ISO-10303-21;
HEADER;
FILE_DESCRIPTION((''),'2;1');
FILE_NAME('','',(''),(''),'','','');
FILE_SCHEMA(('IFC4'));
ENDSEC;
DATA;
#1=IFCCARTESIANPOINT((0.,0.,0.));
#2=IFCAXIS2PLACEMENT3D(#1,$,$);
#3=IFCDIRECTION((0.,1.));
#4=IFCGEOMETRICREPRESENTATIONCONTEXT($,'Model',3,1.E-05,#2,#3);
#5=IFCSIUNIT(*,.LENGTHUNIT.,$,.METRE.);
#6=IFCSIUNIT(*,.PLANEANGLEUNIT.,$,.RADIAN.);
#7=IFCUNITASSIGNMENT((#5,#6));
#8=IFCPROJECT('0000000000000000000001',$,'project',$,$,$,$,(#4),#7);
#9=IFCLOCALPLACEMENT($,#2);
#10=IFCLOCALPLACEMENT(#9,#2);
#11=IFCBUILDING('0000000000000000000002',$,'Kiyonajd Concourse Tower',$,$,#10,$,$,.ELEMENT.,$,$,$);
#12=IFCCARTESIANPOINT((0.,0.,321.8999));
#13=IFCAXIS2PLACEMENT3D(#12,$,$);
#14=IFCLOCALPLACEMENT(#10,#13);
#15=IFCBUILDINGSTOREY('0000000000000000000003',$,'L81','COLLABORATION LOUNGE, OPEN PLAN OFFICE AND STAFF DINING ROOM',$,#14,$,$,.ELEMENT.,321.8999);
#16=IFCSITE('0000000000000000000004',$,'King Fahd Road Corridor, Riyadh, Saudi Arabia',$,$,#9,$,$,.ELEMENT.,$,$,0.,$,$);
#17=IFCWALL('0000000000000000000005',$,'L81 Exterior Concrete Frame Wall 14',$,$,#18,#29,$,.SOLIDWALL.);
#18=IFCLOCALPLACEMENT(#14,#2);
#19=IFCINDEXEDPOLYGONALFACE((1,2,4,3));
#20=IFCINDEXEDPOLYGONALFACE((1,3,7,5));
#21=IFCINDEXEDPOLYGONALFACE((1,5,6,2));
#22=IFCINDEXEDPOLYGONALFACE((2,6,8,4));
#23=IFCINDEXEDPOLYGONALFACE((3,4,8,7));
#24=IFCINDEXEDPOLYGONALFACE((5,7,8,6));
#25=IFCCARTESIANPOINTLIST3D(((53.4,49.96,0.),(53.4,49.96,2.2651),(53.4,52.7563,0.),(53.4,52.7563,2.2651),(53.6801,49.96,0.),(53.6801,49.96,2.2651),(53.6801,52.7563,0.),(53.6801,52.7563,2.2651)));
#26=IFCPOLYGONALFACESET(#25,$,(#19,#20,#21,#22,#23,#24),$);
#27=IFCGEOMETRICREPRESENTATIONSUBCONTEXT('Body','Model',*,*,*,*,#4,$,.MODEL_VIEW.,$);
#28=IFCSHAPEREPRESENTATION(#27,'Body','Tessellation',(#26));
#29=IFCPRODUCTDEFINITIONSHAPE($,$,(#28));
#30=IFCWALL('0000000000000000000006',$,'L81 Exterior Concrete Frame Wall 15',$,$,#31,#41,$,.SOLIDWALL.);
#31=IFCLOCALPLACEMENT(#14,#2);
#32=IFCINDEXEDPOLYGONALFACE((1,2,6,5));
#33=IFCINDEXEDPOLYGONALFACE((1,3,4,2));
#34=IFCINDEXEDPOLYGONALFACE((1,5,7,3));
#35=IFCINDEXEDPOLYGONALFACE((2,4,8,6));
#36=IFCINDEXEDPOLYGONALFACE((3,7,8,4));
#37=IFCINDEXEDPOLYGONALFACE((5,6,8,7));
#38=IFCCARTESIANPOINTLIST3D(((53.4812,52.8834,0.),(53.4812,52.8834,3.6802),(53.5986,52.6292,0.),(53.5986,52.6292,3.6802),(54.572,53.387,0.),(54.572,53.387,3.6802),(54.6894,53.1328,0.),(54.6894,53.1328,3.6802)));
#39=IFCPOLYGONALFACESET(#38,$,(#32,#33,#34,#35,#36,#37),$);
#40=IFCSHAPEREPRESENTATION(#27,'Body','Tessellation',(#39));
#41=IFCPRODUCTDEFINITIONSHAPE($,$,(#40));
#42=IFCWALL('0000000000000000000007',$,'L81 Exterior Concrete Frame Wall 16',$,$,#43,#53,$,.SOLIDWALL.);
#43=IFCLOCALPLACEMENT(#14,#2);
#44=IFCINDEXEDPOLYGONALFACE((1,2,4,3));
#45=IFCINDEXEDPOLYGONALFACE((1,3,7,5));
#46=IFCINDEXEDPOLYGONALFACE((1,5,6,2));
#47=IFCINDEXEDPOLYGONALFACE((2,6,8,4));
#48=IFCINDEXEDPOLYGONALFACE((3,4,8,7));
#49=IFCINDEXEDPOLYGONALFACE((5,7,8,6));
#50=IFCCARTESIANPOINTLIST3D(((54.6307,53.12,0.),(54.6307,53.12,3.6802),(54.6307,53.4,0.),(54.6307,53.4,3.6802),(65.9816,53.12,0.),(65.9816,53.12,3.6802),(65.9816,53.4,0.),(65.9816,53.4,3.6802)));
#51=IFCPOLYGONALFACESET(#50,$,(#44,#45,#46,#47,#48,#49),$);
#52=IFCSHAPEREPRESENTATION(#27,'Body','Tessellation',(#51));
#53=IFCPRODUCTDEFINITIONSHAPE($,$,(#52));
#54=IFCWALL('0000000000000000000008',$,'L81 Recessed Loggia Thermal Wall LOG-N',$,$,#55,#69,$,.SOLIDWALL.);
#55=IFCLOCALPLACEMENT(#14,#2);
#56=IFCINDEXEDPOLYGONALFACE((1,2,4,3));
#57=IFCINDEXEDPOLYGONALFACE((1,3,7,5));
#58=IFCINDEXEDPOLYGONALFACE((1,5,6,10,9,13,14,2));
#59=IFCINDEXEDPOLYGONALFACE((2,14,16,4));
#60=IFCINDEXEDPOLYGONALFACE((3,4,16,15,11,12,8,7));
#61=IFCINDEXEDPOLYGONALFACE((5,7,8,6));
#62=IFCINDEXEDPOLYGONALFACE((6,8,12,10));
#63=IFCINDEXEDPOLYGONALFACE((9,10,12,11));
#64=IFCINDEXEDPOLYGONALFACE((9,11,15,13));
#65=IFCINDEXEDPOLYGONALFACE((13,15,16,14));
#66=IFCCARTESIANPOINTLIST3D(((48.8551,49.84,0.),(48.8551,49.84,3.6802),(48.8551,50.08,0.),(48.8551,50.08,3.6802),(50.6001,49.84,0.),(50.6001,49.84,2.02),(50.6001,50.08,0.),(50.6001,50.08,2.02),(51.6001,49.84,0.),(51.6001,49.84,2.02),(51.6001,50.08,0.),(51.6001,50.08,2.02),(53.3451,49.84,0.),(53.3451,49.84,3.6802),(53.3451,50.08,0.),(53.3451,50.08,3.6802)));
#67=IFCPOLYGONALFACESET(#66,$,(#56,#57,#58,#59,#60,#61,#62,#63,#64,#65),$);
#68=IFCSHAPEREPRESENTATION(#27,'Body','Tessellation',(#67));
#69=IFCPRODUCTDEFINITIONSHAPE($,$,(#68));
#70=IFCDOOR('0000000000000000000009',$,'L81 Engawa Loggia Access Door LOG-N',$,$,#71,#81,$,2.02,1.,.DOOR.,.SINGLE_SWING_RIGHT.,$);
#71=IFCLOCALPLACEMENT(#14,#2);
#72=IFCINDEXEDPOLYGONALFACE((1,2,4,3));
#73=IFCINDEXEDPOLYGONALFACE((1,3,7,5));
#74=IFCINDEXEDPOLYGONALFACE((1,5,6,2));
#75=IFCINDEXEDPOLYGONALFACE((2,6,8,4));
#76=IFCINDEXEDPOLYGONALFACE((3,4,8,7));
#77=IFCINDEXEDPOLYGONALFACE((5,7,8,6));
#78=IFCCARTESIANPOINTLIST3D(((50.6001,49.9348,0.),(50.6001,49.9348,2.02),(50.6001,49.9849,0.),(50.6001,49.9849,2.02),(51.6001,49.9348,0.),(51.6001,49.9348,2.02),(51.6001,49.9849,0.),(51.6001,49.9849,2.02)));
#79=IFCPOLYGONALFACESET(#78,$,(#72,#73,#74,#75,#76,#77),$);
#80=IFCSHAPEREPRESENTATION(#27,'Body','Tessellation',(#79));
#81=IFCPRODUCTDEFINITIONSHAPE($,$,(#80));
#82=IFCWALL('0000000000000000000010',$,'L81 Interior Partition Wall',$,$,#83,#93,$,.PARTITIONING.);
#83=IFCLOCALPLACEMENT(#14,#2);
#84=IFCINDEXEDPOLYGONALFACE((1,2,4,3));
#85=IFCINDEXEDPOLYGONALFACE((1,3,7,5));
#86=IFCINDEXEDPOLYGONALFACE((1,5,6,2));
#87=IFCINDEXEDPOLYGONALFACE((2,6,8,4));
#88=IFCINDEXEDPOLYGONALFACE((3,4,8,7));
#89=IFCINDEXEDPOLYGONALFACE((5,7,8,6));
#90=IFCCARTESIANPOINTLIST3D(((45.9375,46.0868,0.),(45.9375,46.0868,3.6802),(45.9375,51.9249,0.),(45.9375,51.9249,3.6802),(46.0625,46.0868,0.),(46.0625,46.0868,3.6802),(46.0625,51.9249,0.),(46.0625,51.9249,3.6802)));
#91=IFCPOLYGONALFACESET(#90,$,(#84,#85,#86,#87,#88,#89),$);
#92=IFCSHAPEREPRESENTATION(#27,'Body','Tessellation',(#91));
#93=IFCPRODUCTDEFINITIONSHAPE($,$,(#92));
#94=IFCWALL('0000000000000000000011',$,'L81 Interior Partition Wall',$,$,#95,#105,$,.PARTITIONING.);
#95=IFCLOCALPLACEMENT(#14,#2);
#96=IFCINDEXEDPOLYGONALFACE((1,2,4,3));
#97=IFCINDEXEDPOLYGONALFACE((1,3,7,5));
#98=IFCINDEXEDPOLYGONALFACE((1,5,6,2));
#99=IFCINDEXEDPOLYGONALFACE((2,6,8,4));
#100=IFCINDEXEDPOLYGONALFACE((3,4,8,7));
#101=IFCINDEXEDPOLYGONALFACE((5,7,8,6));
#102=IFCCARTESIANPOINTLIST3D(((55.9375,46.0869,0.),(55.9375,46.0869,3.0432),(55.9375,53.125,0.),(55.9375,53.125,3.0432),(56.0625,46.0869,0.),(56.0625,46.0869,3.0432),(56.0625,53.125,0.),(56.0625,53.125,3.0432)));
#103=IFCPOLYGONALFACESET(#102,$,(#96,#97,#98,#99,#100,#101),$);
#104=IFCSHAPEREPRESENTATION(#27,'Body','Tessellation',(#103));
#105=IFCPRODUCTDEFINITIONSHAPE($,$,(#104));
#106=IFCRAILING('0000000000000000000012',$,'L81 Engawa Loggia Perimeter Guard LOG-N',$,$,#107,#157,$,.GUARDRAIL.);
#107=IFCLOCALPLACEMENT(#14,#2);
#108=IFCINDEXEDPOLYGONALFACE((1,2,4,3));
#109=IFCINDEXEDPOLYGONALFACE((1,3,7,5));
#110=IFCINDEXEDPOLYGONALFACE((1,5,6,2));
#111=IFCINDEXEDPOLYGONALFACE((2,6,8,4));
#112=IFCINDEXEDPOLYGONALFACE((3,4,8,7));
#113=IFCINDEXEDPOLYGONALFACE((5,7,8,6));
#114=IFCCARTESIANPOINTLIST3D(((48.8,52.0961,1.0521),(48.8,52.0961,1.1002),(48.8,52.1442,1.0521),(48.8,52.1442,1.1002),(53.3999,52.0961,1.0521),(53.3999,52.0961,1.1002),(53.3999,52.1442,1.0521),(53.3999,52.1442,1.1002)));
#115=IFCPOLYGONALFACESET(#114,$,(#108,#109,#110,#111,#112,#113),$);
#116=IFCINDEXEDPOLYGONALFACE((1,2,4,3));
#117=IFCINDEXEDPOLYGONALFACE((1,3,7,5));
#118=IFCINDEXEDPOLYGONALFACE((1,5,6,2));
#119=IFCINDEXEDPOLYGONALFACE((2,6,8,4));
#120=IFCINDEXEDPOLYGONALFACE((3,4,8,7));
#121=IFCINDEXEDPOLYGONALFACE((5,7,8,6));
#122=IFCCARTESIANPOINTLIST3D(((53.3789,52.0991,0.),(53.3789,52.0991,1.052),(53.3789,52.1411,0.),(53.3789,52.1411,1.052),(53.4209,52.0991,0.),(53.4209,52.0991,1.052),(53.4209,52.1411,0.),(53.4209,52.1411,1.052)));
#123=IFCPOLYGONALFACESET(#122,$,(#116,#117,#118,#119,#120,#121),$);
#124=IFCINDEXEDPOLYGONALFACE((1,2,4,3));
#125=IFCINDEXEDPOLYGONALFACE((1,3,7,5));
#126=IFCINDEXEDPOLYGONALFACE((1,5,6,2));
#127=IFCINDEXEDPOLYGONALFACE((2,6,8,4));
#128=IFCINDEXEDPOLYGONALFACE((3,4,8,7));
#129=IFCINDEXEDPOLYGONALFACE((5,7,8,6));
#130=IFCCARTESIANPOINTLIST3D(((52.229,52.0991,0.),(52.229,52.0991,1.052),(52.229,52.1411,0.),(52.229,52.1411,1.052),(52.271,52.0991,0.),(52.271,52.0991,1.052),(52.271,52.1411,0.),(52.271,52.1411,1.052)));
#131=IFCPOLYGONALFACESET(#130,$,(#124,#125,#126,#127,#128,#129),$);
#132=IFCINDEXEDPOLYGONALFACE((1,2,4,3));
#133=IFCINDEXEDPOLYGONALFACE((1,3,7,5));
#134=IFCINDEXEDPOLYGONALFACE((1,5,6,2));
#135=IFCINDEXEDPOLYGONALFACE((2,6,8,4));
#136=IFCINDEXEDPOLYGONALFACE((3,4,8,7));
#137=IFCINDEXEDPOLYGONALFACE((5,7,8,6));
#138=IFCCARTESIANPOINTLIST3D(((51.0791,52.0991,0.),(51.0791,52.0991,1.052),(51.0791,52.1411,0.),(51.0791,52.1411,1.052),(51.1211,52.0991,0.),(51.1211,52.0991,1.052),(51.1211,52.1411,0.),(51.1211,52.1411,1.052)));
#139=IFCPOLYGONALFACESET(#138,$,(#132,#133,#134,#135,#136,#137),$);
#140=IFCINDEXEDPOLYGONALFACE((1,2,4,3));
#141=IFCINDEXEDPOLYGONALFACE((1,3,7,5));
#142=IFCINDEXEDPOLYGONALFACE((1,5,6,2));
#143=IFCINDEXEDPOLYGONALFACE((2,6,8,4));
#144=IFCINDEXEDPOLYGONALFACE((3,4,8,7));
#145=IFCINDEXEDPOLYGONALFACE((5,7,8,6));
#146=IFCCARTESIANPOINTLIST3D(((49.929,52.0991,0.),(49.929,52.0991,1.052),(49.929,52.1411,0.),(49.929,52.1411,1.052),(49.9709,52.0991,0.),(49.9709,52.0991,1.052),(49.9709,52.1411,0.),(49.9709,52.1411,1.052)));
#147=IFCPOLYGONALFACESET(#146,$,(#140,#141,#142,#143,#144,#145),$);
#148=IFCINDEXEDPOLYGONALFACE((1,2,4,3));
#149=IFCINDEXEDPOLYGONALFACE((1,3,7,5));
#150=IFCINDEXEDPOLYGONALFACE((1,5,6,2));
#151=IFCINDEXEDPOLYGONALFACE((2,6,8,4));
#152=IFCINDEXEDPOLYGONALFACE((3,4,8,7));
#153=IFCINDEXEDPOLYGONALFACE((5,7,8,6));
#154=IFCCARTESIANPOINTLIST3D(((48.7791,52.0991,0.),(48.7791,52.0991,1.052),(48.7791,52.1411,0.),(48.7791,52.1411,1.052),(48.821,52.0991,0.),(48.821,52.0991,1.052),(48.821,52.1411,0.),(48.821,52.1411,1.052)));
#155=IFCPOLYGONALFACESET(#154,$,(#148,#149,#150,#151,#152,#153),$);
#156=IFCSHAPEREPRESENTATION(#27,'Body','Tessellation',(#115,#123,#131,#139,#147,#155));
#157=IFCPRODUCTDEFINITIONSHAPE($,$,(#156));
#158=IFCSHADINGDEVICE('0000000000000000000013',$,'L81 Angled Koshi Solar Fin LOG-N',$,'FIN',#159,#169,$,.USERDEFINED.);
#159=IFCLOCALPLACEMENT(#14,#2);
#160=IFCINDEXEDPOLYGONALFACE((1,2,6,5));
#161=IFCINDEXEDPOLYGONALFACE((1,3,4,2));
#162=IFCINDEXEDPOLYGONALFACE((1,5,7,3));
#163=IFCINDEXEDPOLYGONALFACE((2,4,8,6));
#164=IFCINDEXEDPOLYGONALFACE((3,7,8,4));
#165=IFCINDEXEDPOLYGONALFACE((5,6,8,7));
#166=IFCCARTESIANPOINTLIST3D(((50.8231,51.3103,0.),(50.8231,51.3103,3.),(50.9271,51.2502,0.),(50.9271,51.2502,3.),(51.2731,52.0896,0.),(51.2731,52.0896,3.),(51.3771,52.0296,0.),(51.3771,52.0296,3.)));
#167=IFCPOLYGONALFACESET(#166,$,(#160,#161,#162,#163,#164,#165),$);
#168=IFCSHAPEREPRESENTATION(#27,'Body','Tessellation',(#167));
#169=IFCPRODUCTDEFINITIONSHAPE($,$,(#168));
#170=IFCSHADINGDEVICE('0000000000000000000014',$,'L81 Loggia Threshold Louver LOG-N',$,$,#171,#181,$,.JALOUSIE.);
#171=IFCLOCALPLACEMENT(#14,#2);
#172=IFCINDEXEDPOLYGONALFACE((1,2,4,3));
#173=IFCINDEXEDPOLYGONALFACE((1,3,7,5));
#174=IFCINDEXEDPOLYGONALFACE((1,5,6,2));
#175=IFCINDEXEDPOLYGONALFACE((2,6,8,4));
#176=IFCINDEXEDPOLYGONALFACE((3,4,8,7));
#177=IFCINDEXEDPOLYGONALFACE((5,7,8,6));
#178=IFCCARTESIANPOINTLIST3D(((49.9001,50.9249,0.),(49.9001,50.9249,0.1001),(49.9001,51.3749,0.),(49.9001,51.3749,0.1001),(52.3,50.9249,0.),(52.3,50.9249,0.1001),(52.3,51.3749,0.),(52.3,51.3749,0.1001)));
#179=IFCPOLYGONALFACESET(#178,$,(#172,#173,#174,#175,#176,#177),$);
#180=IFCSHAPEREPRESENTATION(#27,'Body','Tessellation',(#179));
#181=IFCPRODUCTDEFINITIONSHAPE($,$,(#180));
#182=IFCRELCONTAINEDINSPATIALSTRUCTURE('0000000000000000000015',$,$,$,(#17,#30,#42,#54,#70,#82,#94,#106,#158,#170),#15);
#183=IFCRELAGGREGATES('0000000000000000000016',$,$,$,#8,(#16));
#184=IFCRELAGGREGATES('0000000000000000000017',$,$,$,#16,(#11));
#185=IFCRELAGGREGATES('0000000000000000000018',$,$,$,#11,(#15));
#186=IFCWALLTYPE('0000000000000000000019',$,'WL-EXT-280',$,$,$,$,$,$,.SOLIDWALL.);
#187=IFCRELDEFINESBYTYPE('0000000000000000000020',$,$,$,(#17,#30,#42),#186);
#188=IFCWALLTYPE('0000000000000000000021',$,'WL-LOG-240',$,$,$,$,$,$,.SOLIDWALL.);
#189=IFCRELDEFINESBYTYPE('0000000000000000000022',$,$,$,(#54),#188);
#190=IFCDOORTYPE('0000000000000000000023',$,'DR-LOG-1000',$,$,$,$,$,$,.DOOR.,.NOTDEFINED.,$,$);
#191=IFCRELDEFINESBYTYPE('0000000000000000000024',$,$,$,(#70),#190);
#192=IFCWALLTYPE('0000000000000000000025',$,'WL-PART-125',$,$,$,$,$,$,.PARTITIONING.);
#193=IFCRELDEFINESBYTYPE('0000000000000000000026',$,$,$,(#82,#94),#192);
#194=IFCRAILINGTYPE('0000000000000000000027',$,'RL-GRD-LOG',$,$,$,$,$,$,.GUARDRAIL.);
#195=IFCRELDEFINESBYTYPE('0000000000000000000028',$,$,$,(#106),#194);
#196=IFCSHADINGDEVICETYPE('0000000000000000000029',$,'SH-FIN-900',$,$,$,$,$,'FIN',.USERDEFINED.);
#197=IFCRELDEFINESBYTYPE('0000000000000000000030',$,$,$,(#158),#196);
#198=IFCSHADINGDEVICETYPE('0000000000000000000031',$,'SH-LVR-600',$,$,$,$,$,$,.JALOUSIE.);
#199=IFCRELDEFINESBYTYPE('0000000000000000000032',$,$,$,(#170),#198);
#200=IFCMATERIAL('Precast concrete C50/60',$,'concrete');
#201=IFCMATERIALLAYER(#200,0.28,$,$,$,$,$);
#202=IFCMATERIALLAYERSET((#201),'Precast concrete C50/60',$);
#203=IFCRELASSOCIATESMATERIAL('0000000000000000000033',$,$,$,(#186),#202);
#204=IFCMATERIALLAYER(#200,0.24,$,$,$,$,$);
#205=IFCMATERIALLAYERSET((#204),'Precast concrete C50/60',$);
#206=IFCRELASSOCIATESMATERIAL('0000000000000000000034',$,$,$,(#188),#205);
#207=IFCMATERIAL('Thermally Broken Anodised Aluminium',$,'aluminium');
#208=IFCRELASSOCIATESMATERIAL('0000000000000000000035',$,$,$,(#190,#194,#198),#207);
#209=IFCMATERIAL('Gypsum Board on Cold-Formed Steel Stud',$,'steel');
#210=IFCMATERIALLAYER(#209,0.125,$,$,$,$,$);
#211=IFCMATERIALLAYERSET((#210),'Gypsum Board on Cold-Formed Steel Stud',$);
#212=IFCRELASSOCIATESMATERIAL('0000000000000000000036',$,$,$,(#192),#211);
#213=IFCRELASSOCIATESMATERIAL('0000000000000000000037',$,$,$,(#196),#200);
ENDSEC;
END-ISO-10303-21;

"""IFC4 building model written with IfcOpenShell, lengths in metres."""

from ifc_helpers import new_model, si_unit, direction, frame, frame_2d, origin, origin_2d, place, context, subcontext, project, spatial, rectangle, extrude, material, layer, layer_set, type_object, element, fill, save


model = new_model("IFC4")

# Units and contexts
model_context = context("Model", 3, precision=1e-05, world=origin(), true_north=direction((0.0, 1.0)))
body_context = subcontext(model_context, "Body", "Model", "MODEL_VIEW")
ifc_project = project(units=[si_unit("LENGTHUNIT", "METRE"), si_unit("PLANEANGLEUNIT", "RADIAN")], contexts=[model_context])

# Site, building, storey
site_placement = place(None, origin())
site = spatial("IfcSite", under=ifc_project, at=site_placement, Name="King Fahd Road Corridor, Riyadh, Saudi Arabia", CompositionType="ELEMENT", RefElevation=0.0)
building_placement = place(site_placement, origin())
building = spatial("IfcBuilding", under=site, at=building_placement, Name="Kiyonajd Concourse Tower", CompositionType="ELEMENT")
storey_placement = place(building_placement, frame((0.0, 0.0, 321.8999)))
storey = spatial("IfcBuildingStorey", under=building, at=storey_placement, Name="L81", Description="COLLABORATION LOUNGE, OPEN PLAN OFFICE AND STAFF DINING ROOM", CompositionType="ELEMENT", Elevation=321.8999)

# Shared definitions
ifc_material_1 = material(Name="Thermally Broken Anodised Aluminium", Category="aluminium")

# Walls
ifc_material_2 = material(Name="Precast concrete C50/60", Category="concrete")
ifc_layer_1 = layer(ifc_material_2, 0.28)
ifc_layer_set_1 = layer_set([ifc_layer_1], Name="Precast concrete C50/60")
wall_type_1 = type_object("IfcWallType", Name="WL-EXT-280", PredefinedType="SOLIDWALL", material=ifc_layer_set_1)
wall_1_placement = place(storey_placement, frame((53.54, 49.96, 0.0), z_axis=(0.0, 0.0, 1.0), x_axis=(0.0, 1.0, 0.0)))
element("IfcWall", 1, at=wall_1_placement, inside=storey, type_object=wall_type_1, Name="L81 Exterior Concrete Frame Wall 14", PredefinedType="SOLIDWALL", context=body_context, shape_type="SweptSolid", body=[
    extrude(rectangle(XDim=2.7964, YDim=0.28, at=frame_2d((1.3982, 0.0))), origin(), (0.0, 0.0, 1.0), 2.2651),
])
wall_2_placement = place(storey_placement, frame((53.54, 52.7563, 0.0), z_axis=(0.0, 0.0, 1.0), x_axis=(0.907894, 0.4192, 0.0)))
element("IfcWall", 2, at=wall_2_placement, inside=storey, type_object=wall_type_1, Name="L81 Exterior Concrete Frame Wall 15", PredefinedType="SOLIDWALL", context=body_context, shape_type="SweptSolid", body=[
    extrude(rectangle(XDim=1.2014, YDim=0.28, at=frame_2d((0.6006, 0.0))), origin(), (0.0, 0.0, 1.0), 3.6802),
])
wall_3_placement = place(storey_placement, frame((54.6309, 53.26, 0.0), z_axis=(0.0, 0.0, 1.0), x_axis=(1.0, 0.0, 0.0)))
element("IfcWall", 3, at=wall_3_placement, inside=storey, type_object=wall_type_1, Name="L81 Exterior Concrete Frame Wall 16", PredefinedType="SOLIDWALL", context=body_context, shape_type="SweptSolid", body=[
    extrude(rectangle(XDim=11.3508, YDim=0.28, at=frame_2d((5.6753, 0.0))), origin(), (0.0, 0.0, 1.0), 3.6802),
])

# Wall, opening, door
ifc_layer_2 = layer(ifc_material_2, 0.24)
ifc_layer_set_2 = layer_set([ifc_layer_2], Name="Precast concrete C50/60")
wall_type_2 = type_object("IfcWallType", Name="WL-LOG-240", PredefinedType="SOLIDWALL", material=ifc_layer_set_2)
wall_4_placement = place(storey_placement, frame((48.855, 49.96, 0.0), z_axis=(0.0, 0.0, 1.0), x_axis=(1.0, 0.0, 0.0)))
wall_4 = element("IfcWall", 4, at=wall_4_placement, inside=storey, type_object=wall_type_2, Name="L81 Recessed Loggia Thermal Wall LOG-N", PredefinedType="SOLIDWALL", context=body_context, shape_type="SweptSolid", body=[
    extrude(rectangle(XDim=4.49, YDim=0.24, at=frame_2d((2.2451, 0.0))), origin(), (0.0, 0.0, 1.0), 3.6802),
])
opening_placement = place(wall_4_placement, frame((1.7451, 0.0, 0.0)))
opening = element("IfcOpeningElement", 5, at=opening_placement, cuts=wall_4, PredefinedType="OPENING", context=body_context, shape_type="SweptSolid", body=[
    extrude(rectangle(XDim=1.0, YDim=2.02, at=frame_2d((0.5, 1.01))), frame((0.0, 0.1299, 0.0), z_axis=(0.0, -1.0, 0.0), x_axis=(1.0, 0.0, 0.0)), (0.0, 0.0, 1.0), 0.26),
])
door_type = type_object("IfcDoorType", Name="DR-LOG-1000", OperationType="NOTDEFINED", PredefinedType="DOOR", material=ifc_material_1)
door_placement = place(opening_placement, origin())
door = element("IfcDoor", 6, at=door_placement, inside=storey, type_object=door_type, Name="L81 Engawa Loggia Access Door LOG-N", OperationType="SINGLE_SWING_RIGHT", OverallHeight=2.02, OverallWidth=1.0, PredefinedType="DOOR", context=body_context, shape_type="SweptSolid", body=[
    extrude(rectangle(XDim=1.0, YDim=2.02, at=frame_2d((0.5, 1.01))), frame((0.0, 0.0249, 0.0), z_axis=(0.0, -1.0, 0.0), x_axis=(1.0, 0.0, 0.0)), (0.0, 0.0, 1.0), 0.05),
])
fill(opening, door)

# Walls
ifc_material_3 = material(Name="Gypsum Board on Cold-Formed Steel Stud", Category="steel")
ifc_layer_3 = layer(ifc_material_3, 0.125)
ifc_layer_set_3 = layer_set([ifc_layer_3], Name="Gypsum Board on Cold-Formed Steel Stud")
wall_type_3 = type_object("IfcWallType", Name="WL-PART-125", PredefinedType="PARTITIONING", material=ifc_layer_set_3)
wall_5_placement = place(storey_placement, frame((46.0, 46.0869, 0.0), z_axis=(0.0, 0.0, 1.0), x_axis=(0.0, 1.0, 0.0)))
element("IfcWall", 7, at=wall_5_placement, inside=storey, type_object=wall_type_3, Name="L81 Interior Partition Wall", PredefinedType="PARTITIONING", context=body_context, shape_type="SweptSolid", body=[
    extrude(rectangle(XDim=5.8381, YDim=0.125, at=frame_2d((2.9189, 0.0))), origin(), (0.0, 0.0, 1.0), 3.6802),
])
wall_6_placement = place(storey_placement, frame((56.0, 46.0869, 0.0), z_axis=(0.0, 0.0, 1.0), x_axis=(0.0, 1.0, 0.0)))
element("IfcWall", 8, at=wall_6_placement, inside=storey, type_object=wall_type_3, Name="L81 Interior Partition Wall", PredefinedType="PARTITIONING", context=body_context, shape_type="SweptSolid", body=[
    extrude(rectangle(XDim=7.0381, YDim=0.125, at=frame_2d((3.519, 0.0))), origin(), (0.0, 0.0, 1.0), 3.0432),
])

# Railing
railing_type = type_object("IfcRailingType", Name="RL-GRD-LOG", PredefinedType="GUARDRAIL", material=ifc_material_1)
railing_placement = place(storey_placement, frame((53.3999, 52.1201, 0.0)))
element("IfcRailing", 9, at=railing_placement, inside=storey, type_object=railing_type, Name="L81 Engawa Loggia Perimeter Guard LOG-N", PredefinedType="GUARDRAIL", context=body_context, shape_type="SweptSolid", body=[
    extrude(rectangle(XDim=0.0481, YDim=0.0481, at=origin_2d()), frame((0.0, 0.0, 1.0762), z_axis=(-1.0, 0.0, 0.0), x_axis=(0.0, -1.0, 0.0)), (0.0, 0.0, 1.0), 4.5999),
    extrude(rectangle(XDim=0.042, YDim=0.042, at=origin_2d()), origin(), (0.0, 0.0, 1.0), 1.052),
    extrude(rectangle(XDim=0.042, YDim=0.042, at=origin_2d()), frame((-1.1499, 0.0, 0.0)), (0.0, 0.0, 1.0), 1.052),
    extrude(rectangle(XDim=0.042, YDim=0.042, at=origin_2d()), frame((-2.2998, 0.0, 0.0)), (0.0, 0.0, 1.0), 1.052),
    extrude(rectangle(XDim=0.042, YDim=0.042, at=origin_2d()), frame((-3.45, 0.0, 0.0)), (0.0, 0.0, 1.0), 1.052),
    extrude(rectangle(XDim=0.042, YDim=0.042, at=origin_2d()), frame((-4.5999, 0.0, 0.0)), (0.0, 0.0, 1.0), 1.052),
])

# Shading devices
shading_device_type_1 = type_object("IfcShadingDeviceType", Name="SH-FIN-900", ElementType="FIN", PredefinedType="USERDEFINED", material=ifc_material_2)
shading_device_1_placement = place(storey_placement, frame((51.1001, 51.6699, 0.0), z_axis=(0.0, 0.0, 1.0), x_axis=(0.5, 0.866025, 0.0)))
element("IfcShadingDevice", 10, at=shading_device_1_placement, inside=storey, type_object=shading_device_type_1, Name="L81 Angled Koshi Solar Fin LOG-N", ObjectType="FIN", PredefinedType="USERDEFINED", context=body_context, shape_type="SweptSolid", body=[
    extrude(rectangle(XDim=0.8999, YDim=0.1201, at=origin_2d()), origin(), (0.0, 0.0, 1.0), 3.0),
])
shading_device_type_2 = type_object("IfcShadingDeviceType", Name="SH-LVR-600", PredefinedType="JALOUSIE", material=ifc_material_1)
shading_device_2_placement = place(storey_placement, frame((51.1001, 51.1499, 0.0), z_axis=(0.0, 0.0, 1.0), x_axis=(1.0, 0.0, 0.0)))
element("IfcShadingDevice", 11, at=shading_device_2_placement, inside=storey, type_object=shading_device_type_2, Name="L81 Loggia Threshold Louver LOG-N", PredefinedType="JALOUSIE", context=body_context, shape_type="SweptSolid", body=[
    extrude(rectangle(XDim=2.3999, YDim=0.45, at=origin_2d()), origin(), (0.0, 0.0, 1.0), 0.1001),
])

save(model, "model.ifc")
